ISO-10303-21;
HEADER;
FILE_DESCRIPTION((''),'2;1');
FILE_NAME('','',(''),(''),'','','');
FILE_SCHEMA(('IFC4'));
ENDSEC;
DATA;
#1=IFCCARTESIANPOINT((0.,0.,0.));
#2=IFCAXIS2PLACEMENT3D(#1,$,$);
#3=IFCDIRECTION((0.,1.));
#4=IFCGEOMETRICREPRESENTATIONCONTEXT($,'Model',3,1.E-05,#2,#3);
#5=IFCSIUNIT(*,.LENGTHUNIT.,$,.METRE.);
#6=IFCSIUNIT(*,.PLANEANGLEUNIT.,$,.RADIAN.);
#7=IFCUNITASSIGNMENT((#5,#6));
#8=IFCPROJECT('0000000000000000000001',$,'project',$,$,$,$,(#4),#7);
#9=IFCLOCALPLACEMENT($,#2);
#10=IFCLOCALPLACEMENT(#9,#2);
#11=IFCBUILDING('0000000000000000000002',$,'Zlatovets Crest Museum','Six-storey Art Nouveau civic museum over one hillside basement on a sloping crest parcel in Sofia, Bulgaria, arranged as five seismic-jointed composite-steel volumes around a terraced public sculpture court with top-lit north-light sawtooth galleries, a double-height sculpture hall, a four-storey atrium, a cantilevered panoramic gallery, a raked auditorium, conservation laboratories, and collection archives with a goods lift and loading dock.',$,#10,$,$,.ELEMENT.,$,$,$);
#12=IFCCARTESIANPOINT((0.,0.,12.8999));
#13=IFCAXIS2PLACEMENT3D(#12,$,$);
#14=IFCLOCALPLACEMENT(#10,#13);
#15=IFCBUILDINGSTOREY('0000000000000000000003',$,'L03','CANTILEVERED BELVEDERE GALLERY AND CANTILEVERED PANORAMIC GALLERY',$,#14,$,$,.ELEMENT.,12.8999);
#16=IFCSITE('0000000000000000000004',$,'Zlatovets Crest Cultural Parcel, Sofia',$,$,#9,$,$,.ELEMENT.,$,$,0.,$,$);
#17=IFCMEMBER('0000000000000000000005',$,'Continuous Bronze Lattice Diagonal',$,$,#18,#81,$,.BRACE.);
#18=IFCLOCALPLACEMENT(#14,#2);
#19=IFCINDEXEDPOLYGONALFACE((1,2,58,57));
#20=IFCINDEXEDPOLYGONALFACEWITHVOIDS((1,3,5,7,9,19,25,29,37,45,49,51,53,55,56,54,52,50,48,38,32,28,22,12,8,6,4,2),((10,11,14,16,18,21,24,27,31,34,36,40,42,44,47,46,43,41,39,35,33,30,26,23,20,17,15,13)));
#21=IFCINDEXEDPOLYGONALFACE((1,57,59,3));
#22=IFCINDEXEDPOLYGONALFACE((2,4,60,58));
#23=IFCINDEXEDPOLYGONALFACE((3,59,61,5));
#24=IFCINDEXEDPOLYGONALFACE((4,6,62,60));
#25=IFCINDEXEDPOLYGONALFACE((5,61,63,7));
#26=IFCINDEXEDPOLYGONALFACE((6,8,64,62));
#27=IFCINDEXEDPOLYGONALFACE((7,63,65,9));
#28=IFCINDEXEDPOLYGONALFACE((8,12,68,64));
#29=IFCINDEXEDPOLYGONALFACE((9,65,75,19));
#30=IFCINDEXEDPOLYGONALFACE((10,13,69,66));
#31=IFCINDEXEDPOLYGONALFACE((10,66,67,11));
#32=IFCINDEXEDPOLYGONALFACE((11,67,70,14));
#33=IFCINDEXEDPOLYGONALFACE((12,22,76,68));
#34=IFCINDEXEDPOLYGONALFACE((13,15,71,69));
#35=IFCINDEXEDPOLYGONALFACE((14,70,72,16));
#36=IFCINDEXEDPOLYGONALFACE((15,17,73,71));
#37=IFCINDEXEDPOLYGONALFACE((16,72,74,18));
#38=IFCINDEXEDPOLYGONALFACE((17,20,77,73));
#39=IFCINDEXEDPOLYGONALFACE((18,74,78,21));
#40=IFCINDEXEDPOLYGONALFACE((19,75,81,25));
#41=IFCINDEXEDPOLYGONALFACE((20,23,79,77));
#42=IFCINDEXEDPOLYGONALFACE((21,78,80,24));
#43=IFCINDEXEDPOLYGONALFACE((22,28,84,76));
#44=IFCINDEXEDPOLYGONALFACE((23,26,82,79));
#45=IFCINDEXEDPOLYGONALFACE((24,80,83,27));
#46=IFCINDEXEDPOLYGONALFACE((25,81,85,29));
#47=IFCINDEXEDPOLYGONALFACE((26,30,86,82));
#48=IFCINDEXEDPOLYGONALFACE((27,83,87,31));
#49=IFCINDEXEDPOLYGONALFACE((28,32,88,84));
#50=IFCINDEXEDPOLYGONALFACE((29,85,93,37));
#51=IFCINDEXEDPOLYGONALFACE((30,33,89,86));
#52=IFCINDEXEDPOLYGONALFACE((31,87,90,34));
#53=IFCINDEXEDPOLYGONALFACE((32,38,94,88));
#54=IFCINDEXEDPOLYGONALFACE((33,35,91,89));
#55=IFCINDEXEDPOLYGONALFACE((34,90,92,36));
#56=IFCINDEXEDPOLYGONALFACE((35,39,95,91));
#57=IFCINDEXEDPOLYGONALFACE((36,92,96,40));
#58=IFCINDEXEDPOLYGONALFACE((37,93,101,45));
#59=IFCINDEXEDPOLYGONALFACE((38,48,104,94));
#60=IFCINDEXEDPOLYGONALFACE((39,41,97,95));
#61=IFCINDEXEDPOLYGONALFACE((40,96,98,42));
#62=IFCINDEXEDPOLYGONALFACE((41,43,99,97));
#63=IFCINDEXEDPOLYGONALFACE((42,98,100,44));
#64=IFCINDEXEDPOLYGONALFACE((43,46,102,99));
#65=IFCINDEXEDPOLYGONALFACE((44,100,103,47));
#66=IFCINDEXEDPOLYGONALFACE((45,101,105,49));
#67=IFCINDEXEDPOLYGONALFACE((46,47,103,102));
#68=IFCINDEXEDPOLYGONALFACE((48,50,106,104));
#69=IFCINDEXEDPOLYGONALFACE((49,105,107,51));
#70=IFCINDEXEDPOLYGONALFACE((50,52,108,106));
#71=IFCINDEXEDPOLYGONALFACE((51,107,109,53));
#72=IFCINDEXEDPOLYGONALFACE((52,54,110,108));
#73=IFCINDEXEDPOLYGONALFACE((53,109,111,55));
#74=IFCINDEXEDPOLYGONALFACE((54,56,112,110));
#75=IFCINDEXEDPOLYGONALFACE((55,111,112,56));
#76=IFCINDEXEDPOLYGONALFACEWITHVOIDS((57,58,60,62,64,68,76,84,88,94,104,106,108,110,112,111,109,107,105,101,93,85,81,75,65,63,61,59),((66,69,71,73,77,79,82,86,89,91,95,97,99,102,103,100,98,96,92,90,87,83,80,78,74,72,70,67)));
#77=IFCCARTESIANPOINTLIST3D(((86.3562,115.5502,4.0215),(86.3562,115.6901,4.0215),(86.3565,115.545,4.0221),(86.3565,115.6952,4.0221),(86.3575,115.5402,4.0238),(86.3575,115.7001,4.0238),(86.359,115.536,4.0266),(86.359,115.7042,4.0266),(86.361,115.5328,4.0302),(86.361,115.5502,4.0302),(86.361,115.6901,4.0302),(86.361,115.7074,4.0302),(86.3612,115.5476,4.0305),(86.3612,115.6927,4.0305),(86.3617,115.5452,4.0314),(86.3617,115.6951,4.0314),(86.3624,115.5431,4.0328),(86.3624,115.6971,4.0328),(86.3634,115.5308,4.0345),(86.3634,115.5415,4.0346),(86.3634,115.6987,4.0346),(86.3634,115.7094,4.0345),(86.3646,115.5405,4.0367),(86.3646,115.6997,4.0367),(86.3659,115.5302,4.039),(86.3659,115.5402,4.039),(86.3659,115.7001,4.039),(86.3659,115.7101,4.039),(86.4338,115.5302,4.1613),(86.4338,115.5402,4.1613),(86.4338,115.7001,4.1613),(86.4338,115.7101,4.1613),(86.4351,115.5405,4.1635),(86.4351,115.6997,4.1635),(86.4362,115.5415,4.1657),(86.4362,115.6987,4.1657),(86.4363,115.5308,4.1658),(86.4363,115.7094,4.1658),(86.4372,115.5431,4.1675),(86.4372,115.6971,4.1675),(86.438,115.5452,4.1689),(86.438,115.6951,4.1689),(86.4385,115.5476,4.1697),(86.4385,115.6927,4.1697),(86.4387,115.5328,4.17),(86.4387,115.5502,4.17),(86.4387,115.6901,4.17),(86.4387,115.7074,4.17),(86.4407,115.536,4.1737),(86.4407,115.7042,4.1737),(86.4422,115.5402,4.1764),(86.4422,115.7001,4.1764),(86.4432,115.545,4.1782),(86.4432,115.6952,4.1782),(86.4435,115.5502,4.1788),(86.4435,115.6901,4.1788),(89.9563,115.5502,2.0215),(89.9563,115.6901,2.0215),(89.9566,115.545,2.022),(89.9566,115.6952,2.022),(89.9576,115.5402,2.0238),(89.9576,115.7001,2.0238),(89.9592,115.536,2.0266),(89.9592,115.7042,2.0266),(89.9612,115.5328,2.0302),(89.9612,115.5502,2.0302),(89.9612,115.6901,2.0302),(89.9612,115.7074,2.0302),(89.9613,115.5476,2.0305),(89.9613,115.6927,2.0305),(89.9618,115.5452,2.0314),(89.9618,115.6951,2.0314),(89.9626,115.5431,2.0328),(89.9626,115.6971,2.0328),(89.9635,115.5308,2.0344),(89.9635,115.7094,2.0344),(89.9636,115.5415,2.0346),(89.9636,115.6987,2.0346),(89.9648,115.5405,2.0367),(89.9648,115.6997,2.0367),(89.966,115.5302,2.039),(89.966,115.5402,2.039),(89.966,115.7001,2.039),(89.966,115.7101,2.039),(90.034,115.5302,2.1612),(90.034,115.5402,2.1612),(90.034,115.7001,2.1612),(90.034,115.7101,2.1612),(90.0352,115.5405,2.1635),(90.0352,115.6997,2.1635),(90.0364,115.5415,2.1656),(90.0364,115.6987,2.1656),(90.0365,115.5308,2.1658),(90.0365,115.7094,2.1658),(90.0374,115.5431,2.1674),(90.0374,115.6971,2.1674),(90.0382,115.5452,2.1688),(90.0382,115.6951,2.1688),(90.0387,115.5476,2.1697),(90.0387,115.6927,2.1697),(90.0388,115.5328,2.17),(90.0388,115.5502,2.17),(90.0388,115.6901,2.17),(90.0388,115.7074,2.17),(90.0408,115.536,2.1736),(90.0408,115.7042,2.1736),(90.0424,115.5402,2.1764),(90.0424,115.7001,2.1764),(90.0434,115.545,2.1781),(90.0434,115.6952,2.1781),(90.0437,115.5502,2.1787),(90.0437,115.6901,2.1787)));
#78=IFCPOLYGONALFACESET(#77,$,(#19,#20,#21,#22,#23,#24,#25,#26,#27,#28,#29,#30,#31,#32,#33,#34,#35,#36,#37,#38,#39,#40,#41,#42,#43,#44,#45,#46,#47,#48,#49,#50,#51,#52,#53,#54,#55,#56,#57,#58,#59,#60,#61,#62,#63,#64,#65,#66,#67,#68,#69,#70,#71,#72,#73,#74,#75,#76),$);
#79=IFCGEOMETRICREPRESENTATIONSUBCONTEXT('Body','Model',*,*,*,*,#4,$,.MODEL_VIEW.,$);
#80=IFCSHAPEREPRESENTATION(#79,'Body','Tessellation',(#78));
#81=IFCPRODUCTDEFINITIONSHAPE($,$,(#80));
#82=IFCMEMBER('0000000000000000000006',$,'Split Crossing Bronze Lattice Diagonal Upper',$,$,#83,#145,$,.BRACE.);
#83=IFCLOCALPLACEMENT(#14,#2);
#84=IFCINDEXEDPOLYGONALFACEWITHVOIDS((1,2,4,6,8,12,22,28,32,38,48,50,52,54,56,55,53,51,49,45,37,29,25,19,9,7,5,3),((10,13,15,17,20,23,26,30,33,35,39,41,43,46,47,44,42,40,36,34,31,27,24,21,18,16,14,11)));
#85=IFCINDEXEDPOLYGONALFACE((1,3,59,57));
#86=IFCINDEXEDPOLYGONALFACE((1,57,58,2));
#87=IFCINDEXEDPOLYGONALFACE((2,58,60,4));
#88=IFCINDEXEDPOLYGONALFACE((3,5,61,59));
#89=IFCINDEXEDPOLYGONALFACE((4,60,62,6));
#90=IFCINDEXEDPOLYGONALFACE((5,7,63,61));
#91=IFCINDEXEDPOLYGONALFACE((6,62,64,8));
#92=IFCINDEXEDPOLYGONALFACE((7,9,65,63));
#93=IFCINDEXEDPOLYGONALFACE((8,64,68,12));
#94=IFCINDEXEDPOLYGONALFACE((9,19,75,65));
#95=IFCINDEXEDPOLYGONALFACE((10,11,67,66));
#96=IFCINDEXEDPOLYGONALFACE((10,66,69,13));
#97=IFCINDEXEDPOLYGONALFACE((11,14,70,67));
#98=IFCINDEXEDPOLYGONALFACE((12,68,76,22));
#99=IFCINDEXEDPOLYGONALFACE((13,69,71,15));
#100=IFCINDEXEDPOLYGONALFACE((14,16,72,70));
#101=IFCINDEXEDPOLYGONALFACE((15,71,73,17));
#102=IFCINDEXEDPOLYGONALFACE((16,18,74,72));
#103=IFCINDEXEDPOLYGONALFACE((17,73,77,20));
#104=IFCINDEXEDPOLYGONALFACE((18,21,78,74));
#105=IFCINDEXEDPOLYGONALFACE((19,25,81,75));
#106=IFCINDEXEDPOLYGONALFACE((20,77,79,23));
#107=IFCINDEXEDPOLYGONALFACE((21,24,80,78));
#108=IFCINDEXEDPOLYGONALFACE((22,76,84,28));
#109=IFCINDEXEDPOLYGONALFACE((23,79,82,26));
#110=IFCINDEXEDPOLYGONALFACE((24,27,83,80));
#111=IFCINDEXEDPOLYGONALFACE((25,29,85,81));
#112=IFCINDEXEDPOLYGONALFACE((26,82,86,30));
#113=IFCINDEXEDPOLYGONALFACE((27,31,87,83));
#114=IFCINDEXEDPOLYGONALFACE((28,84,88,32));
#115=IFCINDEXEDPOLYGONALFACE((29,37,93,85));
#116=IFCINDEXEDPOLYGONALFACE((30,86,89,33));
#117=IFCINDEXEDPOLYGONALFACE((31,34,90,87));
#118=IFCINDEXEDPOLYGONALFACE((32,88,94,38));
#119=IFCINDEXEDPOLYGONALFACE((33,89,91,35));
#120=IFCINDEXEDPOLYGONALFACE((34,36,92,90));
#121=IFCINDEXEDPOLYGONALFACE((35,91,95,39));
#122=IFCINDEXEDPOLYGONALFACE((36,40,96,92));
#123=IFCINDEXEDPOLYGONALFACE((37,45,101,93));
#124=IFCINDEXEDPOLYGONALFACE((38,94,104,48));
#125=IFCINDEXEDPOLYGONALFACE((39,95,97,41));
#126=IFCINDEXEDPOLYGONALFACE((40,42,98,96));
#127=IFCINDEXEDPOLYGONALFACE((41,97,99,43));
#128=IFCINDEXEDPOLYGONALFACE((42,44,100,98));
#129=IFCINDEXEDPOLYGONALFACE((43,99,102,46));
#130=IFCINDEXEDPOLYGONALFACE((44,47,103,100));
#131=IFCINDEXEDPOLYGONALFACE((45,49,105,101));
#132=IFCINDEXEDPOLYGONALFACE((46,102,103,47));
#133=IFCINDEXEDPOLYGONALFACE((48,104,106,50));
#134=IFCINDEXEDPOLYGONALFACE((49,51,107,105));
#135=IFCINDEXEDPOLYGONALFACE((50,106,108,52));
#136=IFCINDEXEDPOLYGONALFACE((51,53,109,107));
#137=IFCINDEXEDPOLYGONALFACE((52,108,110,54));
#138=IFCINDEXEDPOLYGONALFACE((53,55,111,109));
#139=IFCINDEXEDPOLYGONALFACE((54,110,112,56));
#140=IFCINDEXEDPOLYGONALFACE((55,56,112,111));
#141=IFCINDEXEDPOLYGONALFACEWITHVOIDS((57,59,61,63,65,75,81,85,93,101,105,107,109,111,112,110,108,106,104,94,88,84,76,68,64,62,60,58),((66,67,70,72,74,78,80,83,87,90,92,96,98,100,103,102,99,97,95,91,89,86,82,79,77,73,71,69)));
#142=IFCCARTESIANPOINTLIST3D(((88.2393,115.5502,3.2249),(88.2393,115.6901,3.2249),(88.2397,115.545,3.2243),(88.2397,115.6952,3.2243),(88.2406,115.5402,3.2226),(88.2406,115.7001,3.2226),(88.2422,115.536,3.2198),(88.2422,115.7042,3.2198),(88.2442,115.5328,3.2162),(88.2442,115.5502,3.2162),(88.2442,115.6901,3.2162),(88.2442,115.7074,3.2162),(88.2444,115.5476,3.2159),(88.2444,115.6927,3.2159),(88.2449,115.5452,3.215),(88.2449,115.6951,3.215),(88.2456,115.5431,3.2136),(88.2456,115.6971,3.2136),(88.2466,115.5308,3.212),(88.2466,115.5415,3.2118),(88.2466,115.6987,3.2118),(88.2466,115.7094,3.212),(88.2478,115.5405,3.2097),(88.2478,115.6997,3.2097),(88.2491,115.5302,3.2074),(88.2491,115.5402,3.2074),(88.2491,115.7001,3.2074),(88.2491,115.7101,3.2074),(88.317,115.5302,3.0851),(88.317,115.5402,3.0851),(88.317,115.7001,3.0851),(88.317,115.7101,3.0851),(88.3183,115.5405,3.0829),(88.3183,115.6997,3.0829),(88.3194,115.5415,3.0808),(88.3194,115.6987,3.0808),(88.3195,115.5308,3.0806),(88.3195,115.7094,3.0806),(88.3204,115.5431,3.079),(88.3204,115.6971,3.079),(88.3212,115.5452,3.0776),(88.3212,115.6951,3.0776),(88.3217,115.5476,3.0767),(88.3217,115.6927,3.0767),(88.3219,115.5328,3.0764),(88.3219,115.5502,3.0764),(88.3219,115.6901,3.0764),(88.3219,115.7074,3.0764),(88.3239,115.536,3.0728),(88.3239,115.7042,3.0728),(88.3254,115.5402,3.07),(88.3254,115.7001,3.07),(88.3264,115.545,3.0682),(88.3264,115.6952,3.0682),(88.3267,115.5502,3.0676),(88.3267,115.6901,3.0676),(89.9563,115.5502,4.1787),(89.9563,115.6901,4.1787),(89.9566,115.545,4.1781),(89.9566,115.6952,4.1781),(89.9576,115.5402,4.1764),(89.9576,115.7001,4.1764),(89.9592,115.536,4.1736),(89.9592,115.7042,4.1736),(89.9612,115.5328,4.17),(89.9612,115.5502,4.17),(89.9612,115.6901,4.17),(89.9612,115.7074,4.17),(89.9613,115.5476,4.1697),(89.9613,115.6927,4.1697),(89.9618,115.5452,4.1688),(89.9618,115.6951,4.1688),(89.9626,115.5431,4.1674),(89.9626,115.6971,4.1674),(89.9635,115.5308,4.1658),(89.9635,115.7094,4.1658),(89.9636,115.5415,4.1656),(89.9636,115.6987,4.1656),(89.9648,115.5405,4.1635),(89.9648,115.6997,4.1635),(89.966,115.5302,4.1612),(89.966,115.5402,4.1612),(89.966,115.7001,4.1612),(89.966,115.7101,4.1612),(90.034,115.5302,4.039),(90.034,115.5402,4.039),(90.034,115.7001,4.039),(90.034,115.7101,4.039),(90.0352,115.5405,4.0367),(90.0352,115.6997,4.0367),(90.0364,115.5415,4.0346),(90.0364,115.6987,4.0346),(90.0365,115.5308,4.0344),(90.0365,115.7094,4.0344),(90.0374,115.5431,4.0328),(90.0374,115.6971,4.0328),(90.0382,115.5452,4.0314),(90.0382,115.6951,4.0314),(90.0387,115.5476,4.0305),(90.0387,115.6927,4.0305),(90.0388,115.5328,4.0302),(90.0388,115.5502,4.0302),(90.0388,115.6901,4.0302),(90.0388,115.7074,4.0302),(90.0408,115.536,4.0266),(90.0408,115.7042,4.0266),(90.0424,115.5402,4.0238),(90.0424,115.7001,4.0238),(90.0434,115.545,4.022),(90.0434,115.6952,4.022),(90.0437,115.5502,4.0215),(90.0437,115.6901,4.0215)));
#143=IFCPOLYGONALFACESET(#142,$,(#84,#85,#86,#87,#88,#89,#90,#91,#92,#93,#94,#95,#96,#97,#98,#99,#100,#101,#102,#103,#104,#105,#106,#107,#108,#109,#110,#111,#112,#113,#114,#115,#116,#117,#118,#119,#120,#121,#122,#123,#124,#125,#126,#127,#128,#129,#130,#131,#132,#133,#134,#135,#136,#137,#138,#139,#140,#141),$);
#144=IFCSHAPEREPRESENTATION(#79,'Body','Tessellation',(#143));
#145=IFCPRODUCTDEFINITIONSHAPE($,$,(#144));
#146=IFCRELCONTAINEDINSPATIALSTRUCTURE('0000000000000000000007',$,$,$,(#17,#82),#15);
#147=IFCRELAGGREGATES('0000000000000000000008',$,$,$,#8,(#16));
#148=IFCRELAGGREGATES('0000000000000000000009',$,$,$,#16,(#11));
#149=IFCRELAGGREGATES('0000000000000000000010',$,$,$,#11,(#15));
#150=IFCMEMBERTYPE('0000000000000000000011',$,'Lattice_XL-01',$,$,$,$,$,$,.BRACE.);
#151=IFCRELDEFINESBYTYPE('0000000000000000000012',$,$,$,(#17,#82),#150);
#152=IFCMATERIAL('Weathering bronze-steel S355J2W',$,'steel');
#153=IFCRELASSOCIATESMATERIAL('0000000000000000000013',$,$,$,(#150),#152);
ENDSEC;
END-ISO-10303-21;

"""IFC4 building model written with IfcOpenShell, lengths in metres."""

from ifc_helpers import new_model, si_unit, direction, frame, origin, origin_2d, place, context, subcontext, project, spatial, hollow_rectangle, extrude, material, material_profile, profile_set, type_object, element, save


model = new_model("IFC4")

# Units and contexts
model_context = context("Model", 3, precision=1e-05, world=origin(), true_north=direction((0.0, 1.0)))
body_context = subcontext(model_context, "Body", "Model", "MODEL_VIEW")
ifc_project = project(units=[si_unit("LENGTHUNIT", "METRE"), si_unit("PLANEANGLEUNIT", "RADIAN")], contexts=[model_context])

# Site, building, storey
site_placement = place(None, origin())
site = spatial("IfcSite", under=ifc_project, at=site_placement, Name="Zlatovets Crest Cultural Parcel, Sofia", CompositionType="ELEMENT", RefElevation=0.0)
building_placement = place(site_placement, origin())
building = spatial("IfcBuilding", under=site, at=building_placement, Name="Zlatovets Crest Museum", Description="Six-storey Art Nouveau civic museum over one hillside basement on a sloping crest parcel in Sofia, Bulgaria, arranged as five seismic-jointed composite-steel volumes around a terraced public sculpture court with top-lit north-light sawtooth galleries, a double-height sculpture hall, a four-storey atrium, a cantilevered panoramic gallery, a raked auditorium, conservation laboratories, and collection archives with a goods lift and loading dock.", CompositionType="ELEMENT")
storey_placement = place(building_placement, frame((0.0, 0.0, 12.8999)))
storey = spatial("IfcBuildingStorey", under=building, at=storey_placement, Name="L03", Description="CANTILEVERED BELVEDERE GALLERY AND CANTILEVERED PANORAMIC GALLERY", CompositionType="ELEMENT", Elevation=12.8999)

# Members
ifc_material_1 = material(Name="Weathering bronze-steel S355J2W", Category="steel")
ifc_material_profile_1 = material_profile(ifc_material_1, hollow_rectangle(XDim=0.1799, YDim=0.1799, WallThickness=0.01, InnerFilletRadius=0.01, OuterFilletRadius=0.02, at=origin_2d()), Name="SHS 180x180x10.0")
ifc_profile_set_1 = profile_set([ifc_material_profile_1], Name="Weathering bronze-steel S355J2W")
member_type_1 = type_object("IfcMemberType", Name="Lattice_XL-01", PredefinedType="BRACE", material=ifc_profile_set_1)
member_1_placement = place(storey_placement, frame((90.0, 115.6201, 2.1001), z_axis=(-0.874163, 0.0, 0.485633), x_axis=(0.0, -1.0, 0.0)))
element("IfcMember", 1, at=member_1_placement, inside=storey, type_object=member_type_1, Name="Continuous Bronze Lattice Diagonal", PredefinedType="BRACE", context=body_context, shape_type="SweptSolid", body=[
    extrude(hollow_rectangle(XDim=0.1799, YDim=0.1799, WallThickness=0.01, InnerFilletRadius=0.01, OuterFilletRadius=0.02, at=origin_2d()), origin(), (0.0, 0.0, 1.0), 4.1184),
])
for number, where, z_axis, x_axis, name in (
    (2, (90.0, 115.6201, 4.1001), (-0.874169, 0.0, -0.485622), (0.0, -1.0, 0.0), "Split Crossing Bronze Lattice Diagonal Upper"),
):
    element("IfcMember", number, at=place(storey_placement, frame(where, z_axis=z_axis, x_axis=x_axis)), inside=storey, type_object=member_type_1, Name=name, PredefinedType="BRACE", context=body_context, shape_type="SweptSolid", body=[
        extrude(hollow_rectangle(XDim=0.1799, YDim=0.1799, WallThickness=0.01, InnerFilletRadius=0.01, OuterFilletRadius=0.02, at=origin_2d()), origin(), (0.0, 0.0, 1.0), 1.9641),
    ])

save(model, "model.ifc")
